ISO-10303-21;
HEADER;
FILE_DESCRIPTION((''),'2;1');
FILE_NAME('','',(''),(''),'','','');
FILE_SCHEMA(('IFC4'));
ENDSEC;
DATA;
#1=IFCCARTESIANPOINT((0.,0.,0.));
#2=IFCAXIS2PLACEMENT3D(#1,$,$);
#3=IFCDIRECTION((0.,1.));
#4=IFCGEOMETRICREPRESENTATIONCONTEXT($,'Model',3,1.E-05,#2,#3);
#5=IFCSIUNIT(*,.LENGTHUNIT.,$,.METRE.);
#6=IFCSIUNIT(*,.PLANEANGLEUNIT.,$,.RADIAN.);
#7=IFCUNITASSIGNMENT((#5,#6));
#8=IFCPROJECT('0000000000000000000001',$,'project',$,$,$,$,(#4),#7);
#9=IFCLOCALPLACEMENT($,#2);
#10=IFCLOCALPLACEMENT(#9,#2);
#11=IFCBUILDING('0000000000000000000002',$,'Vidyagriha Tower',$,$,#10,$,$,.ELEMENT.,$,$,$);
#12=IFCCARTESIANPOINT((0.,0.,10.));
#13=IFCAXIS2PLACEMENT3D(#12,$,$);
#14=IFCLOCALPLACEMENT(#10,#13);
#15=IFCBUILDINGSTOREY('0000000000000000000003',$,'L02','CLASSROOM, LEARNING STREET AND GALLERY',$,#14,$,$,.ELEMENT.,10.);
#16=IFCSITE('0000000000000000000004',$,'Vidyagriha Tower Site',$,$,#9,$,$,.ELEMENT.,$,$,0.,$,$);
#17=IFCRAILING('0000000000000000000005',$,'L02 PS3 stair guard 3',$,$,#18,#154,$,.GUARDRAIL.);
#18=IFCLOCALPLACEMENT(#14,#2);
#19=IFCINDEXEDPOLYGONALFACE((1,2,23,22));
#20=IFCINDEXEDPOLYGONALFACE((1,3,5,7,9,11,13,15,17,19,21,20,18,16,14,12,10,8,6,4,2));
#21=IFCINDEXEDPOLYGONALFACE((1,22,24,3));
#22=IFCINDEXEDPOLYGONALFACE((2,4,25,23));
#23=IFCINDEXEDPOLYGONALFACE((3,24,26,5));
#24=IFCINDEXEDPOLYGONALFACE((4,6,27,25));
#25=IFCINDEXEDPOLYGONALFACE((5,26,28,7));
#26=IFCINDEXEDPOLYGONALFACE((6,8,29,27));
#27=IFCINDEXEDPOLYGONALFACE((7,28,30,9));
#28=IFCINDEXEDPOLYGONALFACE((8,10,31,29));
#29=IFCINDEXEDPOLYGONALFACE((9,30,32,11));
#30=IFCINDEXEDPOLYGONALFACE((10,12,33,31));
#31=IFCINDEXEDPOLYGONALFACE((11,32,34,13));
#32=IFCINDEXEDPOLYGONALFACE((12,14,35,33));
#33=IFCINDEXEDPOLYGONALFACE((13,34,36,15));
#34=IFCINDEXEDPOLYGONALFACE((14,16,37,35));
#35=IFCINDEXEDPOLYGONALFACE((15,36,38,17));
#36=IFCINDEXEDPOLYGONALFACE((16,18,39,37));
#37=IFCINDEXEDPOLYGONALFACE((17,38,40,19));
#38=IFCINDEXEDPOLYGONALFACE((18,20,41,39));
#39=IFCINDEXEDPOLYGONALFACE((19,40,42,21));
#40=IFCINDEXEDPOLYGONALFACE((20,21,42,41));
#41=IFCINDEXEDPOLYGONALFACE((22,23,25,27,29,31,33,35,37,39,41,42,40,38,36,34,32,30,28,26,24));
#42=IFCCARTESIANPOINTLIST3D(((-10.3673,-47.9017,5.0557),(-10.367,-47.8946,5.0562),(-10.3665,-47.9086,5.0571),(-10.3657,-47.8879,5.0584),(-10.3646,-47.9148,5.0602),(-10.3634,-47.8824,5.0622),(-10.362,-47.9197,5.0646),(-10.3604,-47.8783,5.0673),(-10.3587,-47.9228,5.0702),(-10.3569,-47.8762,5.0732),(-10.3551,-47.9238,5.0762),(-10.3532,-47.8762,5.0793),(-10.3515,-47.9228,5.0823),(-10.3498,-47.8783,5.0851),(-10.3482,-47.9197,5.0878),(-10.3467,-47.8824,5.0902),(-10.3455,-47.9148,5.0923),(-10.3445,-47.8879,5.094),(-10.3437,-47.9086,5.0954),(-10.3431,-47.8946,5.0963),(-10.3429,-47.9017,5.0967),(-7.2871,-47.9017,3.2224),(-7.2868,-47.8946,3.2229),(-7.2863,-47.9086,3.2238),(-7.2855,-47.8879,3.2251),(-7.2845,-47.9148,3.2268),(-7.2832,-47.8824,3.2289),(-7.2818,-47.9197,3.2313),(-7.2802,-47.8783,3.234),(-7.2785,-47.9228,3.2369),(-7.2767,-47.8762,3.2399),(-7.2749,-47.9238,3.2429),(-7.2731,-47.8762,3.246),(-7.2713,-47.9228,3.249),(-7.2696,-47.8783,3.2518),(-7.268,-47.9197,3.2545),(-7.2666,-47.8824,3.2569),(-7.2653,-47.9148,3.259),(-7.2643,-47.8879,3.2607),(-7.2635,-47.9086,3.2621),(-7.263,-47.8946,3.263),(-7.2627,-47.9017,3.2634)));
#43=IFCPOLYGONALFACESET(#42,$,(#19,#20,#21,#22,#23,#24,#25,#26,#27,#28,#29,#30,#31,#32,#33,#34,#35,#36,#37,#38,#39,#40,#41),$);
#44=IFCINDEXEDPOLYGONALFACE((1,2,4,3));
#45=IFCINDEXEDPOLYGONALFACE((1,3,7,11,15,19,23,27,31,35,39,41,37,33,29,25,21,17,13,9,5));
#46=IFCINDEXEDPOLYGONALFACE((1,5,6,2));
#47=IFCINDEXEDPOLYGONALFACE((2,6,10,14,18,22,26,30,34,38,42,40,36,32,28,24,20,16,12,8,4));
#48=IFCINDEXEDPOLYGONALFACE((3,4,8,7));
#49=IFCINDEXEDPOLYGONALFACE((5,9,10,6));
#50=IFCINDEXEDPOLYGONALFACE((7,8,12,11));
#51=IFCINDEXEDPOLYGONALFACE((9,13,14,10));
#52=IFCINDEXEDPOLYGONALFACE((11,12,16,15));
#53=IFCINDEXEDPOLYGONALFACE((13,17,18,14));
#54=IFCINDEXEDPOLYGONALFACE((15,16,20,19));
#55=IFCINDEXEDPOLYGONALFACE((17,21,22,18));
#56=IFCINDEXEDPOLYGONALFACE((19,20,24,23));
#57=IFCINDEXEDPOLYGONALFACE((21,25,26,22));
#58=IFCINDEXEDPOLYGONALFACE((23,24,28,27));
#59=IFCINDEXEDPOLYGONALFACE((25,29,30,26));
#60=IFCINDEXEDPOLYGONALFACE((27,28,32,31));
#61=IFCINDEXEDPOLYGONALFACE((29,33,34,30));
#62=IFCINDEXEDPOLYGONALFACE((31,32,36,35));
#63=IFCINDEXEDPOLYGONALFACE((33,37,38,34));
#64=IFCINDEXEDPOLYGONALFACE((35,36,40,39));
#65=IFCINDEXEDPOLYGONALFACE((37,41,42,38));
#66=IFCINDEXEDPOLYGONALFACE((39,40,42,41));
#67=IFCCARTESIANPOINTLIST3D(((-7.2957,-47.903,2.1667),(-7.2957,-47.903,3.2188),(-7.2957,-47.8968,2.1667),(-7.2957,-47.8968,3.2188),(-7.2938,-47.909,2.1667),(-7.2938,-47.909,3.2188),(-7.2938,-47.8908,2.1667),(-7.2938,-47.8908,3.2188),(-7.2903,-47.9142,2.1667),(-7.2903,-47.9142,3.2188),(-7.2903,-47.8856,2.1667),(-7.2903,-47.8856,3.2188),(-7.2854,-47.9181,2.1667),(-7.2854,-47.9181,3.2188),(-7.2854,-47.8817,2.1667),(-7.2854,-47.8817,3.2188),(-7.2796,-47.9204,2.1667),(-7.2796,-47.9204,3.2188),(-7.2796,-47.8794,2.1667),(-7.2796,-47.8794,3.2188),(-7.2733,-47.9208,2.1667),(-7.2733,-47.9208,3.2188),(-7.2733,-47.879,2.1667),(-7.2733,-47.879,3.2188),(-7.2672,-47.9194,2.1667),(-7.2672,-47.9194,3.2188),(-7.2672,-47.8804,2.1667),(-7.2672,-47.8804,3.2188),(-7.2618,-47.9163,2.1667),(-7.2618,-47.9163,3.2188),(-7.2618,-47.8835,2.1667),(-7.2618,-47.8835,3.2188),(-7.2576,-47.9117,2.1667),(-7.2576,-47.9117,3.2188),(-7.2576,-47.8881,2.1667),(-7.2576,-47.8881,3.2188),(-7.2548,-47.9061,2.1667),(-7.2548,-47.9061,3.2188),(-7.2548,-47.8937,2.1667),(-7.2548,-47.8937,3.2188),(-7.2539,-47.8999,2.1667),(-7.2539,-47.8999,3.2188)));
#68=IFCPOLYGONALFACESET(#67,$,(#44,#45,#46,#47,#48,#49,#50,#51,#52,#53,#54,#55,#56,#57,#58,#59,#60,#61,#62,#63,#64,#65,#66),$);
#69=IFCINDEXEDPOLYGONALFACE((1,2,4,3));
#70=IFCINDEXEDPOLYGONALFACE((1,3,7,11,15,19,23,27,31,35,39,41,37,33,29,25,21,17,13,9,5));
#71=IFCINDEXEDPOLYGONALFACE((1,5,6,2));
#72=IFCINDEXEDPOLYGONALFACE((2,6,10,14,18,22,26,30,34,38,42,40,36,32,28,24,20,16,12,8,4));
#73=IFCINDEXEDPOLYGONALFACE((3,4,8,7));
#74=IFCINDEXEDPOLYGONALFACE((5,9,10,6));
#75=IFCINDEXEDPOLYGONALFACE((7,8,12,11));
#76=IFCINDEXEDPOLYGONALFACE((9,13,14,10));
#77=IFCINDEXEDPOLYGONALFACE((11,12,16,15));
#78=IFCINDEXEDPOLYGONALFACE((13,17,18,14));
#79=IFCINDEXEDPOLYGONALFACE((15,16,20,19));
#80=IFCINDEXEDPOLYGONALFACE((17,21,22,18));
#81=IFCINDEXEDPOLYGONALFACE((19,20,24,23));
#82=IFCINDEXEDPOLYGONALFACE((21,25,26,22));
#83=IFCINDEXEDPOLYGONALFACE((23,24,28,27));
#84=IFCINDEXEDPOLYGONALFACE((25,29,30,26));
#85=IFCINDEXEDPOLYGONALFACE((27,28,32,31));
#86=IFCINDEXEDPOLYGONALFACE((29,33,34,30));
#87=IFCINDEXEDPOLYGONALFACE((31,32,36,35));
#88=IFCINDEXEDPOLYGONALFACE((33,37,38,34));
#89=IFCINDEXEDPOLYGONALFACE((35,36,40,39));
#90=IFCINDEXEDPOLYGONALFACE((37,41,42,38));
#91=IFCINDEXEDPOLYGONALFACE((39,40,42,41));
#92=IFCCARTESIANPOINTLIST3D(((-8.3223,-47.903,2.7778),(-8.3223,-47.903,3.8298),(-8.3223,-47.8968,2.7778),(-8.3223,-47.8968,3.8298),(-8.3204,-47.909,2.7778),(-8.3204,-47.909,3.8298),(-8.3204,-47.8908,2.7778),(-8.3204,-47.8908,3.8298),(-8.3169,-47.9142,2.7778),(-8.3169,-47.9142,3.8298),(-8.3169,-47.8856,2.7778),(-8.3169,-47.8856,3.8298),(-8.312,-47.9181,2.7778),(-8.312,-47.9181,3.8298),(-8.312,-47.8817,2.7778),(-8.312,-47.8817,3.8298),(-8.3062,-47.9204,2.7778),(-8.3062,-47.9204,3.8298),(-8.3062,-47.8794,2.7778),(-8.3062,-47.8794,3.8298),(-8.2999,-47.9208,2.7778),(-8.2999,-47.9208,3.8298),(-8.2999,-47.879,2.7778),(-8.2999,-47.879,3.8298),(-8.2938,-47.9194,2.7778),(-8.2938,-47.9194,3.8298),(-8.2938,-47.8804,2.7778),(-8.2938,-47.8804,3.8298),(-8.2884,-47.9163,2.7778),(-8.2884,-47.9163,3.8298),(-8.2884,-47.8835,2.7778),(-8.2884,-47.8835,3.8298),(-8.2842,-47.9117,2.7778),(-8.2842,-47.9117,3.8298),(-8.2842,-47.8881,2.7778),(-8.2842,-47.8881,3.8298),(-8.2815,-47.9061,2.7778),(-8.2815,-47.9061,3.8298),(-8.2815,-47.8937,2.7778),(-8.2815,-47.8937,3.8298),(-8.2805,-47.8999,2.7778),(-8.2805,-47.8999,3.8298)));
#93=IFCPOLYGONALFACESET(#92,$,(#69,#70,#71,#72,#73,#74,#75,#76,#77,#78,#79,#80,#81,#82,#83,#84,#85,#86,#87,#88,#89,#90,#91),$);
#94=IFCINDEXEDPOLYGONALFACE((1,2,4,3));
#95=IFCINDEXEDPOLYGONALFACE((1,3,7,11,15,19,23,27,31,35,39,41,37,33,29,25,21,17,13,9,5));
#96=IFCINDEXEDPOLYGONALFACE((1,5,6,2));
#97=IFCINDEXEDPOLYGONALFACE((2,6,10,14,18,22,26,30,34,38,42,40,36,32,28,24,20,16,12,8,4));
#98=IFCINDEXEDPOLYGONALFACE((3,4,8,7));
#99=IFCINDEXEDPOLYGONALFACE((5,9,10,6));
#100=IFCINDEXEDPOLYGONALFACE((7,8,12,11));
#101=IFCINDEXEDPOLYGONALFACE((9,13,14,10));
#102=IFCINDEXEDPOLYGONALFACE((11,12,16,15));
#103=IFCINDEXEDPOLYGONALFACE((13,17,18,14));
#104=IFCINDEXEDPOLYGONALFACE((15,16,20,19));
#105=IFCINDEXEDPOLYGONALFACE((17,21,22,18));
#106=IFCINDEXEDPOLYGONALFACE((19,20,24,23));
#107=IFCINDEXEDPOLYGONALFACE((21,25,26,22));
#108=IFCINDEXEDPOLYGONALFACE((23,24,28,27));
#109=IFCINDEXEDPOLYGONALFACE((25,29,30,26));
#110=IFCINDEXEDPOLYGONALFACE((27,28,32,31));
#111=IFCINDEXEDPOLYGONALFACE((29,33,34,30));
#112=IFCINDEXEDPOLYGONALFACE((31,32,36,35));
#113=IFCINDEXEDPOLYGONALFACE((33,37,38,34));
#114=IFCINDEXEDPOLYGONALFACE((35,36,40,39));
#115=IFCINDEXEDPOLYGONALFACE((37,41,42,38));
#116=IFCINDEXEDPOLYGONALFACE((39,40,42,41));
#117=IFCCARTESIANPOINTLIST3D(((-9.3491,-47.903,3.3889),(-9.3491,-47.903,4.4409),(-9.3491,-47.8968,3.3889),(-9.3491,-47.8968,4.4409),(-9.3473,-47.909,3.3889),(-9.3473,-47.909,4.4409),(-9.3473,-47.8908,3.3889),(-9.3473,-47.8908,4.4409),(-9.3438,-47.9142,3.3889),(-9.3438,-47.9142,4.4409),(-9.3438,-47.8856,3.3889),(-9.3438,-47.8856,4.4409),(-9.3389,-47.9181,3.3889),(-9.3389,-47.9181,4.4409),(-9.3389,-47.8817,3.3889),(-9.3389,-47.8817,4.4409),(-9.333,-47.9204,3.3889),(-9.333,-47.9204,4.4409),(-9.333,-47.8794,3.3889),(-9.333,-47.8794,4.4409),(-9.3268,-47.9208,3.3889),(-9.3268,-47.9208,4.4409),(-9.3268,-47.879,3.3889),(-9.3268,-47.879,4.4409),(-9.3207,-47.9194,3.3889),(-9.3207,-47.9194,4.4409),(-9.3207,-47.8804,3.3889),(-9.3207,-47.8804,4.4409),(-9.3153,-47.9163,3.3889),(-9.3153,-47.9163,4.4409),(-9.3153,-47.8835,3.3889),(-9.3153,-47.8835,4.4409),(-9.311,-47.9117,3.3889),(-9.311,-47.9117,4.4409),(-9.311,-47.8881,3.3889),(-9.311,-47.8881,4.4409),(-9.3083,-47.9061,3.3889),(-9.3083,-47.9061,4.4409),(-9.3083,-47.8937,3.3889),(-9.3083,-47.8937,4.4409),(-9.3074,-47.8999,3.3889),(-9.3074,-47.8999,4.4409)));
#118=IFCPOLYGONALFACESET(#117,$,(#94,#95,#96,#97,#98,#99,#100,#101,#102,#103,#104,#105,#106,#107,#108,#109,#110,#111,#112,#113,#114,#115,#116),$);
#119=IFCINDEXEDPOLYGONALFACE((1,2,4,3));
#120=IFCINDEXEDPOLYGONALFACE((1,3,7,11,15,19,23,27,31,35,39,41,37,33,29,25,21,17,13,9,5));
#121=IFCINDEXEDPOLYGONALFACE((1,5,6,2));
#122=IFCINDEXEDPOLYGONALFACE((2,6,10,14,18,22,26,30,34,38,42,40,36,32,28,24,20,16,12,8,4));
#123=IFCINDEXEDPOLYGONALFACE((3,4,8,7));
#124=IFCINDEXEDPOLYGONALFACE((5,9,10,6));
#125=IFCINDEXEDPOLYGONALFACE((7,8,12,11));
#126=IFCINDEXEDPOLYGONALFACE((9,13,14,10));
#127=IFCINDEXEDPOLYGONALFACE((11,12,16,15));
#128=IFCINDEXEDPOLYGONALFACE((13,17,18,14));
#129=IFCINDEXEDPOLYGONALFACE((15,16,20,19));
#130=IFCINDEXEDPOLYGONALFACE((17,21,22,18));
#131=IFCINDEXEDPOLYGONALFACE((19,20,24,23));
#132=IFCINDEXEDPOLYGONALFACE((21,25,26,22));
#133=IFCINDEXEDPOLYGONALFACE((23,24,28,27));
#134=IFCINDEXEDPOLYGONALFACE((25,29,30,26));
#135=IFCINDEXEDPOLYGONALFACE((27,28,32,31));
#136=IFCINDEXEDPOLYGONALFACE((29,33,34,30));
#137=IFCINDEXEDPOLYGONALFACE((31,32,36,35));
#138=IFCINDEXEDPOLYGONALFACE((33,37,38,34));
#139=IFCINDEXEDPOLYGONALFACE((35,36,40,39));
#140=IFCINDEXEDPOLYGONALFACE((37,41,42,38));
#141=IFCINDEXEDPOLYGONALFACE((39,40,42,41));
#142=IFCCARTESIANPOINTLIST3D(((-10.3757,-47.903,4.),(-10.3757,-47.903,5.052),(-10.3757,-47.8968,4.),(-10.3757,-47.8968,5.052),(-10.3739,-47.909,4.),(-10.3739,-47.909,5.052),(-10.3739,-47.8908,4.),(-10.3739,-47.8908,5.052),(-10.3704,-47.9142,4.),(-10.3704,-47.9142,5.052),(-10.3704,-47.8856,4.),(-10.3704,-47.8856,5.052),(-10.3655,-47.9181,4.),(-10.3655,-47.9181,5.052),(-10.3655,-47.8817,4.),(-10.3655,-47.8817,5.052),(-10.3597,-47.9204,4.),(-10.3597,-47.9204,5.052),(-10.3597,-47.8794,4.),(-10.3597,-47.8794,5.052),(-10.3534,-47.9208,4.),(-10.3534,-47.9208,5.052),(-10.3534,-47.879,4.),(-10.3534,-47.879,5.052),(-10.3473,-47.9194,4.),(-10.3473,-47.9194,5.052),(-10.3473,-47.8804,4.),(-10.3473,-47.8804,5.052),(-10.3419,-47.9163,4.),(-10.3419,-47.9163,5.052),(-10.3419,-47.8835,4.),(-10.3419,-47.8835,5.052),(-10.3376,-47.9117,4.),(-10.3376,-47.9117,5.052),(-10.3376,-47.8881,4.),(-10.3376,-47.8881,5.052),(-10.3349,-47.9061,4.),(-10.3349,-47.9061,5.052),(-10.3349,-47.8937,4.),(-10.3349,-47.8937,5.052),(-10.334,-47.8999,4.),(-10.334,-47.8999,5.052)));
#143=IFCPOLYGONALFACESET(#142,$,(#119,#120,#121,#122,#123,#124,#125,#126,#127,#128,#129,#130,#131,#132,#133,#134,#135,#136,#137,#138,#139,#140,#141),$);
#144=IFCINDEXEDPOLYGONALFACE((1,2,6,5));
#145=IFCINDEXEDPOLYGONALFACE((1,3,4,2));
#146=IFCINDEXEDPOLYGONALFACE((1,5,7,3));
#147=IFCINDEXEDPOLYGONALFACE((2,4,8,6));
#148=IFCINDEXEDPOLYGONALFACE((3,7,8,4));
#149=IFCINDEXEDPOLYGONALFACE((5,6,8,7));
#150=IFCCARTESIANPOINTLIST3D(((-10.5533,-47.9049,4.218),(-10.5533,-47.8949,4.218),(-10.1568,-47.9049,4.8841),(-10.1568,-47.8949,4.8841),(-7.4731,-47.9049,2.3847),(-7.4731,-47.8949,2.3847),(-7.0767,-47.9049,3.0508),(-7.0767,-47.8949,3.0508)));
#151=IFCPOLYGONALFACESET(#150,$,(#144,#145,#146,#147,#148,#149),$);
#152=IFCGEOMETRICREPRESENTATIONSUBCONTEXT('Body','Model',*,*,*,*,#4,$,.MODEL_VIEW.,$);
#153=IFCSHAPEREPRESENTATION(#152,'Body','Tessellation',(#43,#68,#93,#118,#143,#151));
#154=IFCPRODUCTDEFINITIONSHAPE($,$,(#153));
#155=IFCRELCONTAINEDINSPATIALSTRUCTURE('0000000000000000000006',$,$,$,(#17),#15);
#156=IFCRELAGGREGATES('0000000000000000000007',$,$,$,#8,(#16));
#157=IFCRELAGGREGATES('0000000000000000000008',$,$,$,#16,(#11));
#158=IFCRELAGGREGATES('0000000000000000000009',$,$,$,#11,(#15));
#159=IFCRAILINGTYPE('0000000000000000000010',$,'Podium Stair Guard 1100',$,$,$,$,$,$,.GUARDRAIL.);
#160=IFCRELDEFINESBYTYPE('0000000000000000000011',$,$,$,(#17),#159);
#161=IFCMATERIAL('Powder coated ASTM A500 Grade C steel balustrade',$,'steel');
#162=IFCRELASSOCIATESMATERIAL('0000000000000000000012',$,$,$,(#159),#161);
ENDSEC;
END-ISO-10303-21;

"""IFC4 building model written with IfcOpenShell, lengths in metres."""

from ifc_helpers import new_model, si_unit, direction, frame, origin, origin_2d, place, context, subcontext, project, spatial, rectangle, circle, extrude, material, type_object, element, save


model = new_model("IFC4")

# Units and contexts
model_context = context("Model", 3, precision=1e-05, world=origin(), true_north=direction((0.0, 1.0)))
body_context = subcontext(model_context, "Body", "Model", "MODEL_VIEW")
ifc_project = project(units=[si_unit("LENGTHUNIT", "METRE"), si_unit("PLANEANGLEUNIT", "RADIAN")], contexts=[model_context])

# Site, building, storey
site_placement = place(None, origin())
site = spatial("IfcSite", under=ifc_project, at=site_placement, Name="Vidyagriha Tower Site", CompositionType="ELEMENT", RefElevation=0.0)
building_placement = place(site_placement, origin())
building = spatial("IfcBuilding", under=site, at=building_placement, Name="Vidyagriha Tower", CompositionType="ELEMENT")
storey_placement = place(building_placement, frame((0.0, 0.0, 10.0)))
storey = spatial("IfcBuildingStorey", under=building, at=storey_placement, Name="L02", Description="CLASSROOM, LEARNING STREET AND GALLERY", CompositionType="ELEMENT", Elevation=10.0)

# Railing
ifc_material_1 = material(Name="Powder coated ASTM A500 Grade C steel balustrade", Category="steel")
railing_type_1 = type_object("IfcRailingType", Name="Podium Stair Guard 1100", PredefinedType="GUARDRAIL", material=ifc_material_1)
railing_1_placement = place(storey_placement, frame((-7.2749, -47.8999, 2.1667)))
element("IfcRailing", 1, at=railing_1_placement, inside=storey, type_object=railing_type_1, Name="L02 PS3 stair guard 3", PredefinedType="GUARDRAIL", context=body_context, shape_type="SweptSolid", body=[
    extrude(circle(Radius=0.0239, at=origin_2d()), frame((0.0, 0.0, 1.0762), z_axis=(-0.859309, 0.0, 0.511458), x_axis=(0.0, -1.0, 0.0)), (0.0, 0.0, 1.0), 3.5845),
    extrude(circle(Radius=0.021, at=origin_2d()), origin(), (0.0, 0.0, 1.0), 1.052),
    extrude(circle(Radius=0.021, at=origin_2d()), frame((-1.0266, 0.0, 0.6111)), (0.0, 0.0, 1.0), 1.052),
    extrude(circle(Radius=0.021, at=origin_2d()), frame((-2.0535, 0.0, 1.2222)), (0.0, 0.0, 1.0), 1.052),
    extrude(circle(Radius=0.021, at=origin_2d()), frame((-3.0801, 0.0, 1.8333)), (0.0, 0.0, 1.0), 1.052),
    extrude(rectangle(XDim=0.01, YDim=0.7751, at=origin_2d()), frame((0.0, 0.0, 0.551), z_axis=(-0.859309, 0.0, 0.511458), x_axis=(0.0, -1.0, 0.0)), (0.0, 0.0, 1.0), 3.5845),
])

save(model, "model.ifc")
